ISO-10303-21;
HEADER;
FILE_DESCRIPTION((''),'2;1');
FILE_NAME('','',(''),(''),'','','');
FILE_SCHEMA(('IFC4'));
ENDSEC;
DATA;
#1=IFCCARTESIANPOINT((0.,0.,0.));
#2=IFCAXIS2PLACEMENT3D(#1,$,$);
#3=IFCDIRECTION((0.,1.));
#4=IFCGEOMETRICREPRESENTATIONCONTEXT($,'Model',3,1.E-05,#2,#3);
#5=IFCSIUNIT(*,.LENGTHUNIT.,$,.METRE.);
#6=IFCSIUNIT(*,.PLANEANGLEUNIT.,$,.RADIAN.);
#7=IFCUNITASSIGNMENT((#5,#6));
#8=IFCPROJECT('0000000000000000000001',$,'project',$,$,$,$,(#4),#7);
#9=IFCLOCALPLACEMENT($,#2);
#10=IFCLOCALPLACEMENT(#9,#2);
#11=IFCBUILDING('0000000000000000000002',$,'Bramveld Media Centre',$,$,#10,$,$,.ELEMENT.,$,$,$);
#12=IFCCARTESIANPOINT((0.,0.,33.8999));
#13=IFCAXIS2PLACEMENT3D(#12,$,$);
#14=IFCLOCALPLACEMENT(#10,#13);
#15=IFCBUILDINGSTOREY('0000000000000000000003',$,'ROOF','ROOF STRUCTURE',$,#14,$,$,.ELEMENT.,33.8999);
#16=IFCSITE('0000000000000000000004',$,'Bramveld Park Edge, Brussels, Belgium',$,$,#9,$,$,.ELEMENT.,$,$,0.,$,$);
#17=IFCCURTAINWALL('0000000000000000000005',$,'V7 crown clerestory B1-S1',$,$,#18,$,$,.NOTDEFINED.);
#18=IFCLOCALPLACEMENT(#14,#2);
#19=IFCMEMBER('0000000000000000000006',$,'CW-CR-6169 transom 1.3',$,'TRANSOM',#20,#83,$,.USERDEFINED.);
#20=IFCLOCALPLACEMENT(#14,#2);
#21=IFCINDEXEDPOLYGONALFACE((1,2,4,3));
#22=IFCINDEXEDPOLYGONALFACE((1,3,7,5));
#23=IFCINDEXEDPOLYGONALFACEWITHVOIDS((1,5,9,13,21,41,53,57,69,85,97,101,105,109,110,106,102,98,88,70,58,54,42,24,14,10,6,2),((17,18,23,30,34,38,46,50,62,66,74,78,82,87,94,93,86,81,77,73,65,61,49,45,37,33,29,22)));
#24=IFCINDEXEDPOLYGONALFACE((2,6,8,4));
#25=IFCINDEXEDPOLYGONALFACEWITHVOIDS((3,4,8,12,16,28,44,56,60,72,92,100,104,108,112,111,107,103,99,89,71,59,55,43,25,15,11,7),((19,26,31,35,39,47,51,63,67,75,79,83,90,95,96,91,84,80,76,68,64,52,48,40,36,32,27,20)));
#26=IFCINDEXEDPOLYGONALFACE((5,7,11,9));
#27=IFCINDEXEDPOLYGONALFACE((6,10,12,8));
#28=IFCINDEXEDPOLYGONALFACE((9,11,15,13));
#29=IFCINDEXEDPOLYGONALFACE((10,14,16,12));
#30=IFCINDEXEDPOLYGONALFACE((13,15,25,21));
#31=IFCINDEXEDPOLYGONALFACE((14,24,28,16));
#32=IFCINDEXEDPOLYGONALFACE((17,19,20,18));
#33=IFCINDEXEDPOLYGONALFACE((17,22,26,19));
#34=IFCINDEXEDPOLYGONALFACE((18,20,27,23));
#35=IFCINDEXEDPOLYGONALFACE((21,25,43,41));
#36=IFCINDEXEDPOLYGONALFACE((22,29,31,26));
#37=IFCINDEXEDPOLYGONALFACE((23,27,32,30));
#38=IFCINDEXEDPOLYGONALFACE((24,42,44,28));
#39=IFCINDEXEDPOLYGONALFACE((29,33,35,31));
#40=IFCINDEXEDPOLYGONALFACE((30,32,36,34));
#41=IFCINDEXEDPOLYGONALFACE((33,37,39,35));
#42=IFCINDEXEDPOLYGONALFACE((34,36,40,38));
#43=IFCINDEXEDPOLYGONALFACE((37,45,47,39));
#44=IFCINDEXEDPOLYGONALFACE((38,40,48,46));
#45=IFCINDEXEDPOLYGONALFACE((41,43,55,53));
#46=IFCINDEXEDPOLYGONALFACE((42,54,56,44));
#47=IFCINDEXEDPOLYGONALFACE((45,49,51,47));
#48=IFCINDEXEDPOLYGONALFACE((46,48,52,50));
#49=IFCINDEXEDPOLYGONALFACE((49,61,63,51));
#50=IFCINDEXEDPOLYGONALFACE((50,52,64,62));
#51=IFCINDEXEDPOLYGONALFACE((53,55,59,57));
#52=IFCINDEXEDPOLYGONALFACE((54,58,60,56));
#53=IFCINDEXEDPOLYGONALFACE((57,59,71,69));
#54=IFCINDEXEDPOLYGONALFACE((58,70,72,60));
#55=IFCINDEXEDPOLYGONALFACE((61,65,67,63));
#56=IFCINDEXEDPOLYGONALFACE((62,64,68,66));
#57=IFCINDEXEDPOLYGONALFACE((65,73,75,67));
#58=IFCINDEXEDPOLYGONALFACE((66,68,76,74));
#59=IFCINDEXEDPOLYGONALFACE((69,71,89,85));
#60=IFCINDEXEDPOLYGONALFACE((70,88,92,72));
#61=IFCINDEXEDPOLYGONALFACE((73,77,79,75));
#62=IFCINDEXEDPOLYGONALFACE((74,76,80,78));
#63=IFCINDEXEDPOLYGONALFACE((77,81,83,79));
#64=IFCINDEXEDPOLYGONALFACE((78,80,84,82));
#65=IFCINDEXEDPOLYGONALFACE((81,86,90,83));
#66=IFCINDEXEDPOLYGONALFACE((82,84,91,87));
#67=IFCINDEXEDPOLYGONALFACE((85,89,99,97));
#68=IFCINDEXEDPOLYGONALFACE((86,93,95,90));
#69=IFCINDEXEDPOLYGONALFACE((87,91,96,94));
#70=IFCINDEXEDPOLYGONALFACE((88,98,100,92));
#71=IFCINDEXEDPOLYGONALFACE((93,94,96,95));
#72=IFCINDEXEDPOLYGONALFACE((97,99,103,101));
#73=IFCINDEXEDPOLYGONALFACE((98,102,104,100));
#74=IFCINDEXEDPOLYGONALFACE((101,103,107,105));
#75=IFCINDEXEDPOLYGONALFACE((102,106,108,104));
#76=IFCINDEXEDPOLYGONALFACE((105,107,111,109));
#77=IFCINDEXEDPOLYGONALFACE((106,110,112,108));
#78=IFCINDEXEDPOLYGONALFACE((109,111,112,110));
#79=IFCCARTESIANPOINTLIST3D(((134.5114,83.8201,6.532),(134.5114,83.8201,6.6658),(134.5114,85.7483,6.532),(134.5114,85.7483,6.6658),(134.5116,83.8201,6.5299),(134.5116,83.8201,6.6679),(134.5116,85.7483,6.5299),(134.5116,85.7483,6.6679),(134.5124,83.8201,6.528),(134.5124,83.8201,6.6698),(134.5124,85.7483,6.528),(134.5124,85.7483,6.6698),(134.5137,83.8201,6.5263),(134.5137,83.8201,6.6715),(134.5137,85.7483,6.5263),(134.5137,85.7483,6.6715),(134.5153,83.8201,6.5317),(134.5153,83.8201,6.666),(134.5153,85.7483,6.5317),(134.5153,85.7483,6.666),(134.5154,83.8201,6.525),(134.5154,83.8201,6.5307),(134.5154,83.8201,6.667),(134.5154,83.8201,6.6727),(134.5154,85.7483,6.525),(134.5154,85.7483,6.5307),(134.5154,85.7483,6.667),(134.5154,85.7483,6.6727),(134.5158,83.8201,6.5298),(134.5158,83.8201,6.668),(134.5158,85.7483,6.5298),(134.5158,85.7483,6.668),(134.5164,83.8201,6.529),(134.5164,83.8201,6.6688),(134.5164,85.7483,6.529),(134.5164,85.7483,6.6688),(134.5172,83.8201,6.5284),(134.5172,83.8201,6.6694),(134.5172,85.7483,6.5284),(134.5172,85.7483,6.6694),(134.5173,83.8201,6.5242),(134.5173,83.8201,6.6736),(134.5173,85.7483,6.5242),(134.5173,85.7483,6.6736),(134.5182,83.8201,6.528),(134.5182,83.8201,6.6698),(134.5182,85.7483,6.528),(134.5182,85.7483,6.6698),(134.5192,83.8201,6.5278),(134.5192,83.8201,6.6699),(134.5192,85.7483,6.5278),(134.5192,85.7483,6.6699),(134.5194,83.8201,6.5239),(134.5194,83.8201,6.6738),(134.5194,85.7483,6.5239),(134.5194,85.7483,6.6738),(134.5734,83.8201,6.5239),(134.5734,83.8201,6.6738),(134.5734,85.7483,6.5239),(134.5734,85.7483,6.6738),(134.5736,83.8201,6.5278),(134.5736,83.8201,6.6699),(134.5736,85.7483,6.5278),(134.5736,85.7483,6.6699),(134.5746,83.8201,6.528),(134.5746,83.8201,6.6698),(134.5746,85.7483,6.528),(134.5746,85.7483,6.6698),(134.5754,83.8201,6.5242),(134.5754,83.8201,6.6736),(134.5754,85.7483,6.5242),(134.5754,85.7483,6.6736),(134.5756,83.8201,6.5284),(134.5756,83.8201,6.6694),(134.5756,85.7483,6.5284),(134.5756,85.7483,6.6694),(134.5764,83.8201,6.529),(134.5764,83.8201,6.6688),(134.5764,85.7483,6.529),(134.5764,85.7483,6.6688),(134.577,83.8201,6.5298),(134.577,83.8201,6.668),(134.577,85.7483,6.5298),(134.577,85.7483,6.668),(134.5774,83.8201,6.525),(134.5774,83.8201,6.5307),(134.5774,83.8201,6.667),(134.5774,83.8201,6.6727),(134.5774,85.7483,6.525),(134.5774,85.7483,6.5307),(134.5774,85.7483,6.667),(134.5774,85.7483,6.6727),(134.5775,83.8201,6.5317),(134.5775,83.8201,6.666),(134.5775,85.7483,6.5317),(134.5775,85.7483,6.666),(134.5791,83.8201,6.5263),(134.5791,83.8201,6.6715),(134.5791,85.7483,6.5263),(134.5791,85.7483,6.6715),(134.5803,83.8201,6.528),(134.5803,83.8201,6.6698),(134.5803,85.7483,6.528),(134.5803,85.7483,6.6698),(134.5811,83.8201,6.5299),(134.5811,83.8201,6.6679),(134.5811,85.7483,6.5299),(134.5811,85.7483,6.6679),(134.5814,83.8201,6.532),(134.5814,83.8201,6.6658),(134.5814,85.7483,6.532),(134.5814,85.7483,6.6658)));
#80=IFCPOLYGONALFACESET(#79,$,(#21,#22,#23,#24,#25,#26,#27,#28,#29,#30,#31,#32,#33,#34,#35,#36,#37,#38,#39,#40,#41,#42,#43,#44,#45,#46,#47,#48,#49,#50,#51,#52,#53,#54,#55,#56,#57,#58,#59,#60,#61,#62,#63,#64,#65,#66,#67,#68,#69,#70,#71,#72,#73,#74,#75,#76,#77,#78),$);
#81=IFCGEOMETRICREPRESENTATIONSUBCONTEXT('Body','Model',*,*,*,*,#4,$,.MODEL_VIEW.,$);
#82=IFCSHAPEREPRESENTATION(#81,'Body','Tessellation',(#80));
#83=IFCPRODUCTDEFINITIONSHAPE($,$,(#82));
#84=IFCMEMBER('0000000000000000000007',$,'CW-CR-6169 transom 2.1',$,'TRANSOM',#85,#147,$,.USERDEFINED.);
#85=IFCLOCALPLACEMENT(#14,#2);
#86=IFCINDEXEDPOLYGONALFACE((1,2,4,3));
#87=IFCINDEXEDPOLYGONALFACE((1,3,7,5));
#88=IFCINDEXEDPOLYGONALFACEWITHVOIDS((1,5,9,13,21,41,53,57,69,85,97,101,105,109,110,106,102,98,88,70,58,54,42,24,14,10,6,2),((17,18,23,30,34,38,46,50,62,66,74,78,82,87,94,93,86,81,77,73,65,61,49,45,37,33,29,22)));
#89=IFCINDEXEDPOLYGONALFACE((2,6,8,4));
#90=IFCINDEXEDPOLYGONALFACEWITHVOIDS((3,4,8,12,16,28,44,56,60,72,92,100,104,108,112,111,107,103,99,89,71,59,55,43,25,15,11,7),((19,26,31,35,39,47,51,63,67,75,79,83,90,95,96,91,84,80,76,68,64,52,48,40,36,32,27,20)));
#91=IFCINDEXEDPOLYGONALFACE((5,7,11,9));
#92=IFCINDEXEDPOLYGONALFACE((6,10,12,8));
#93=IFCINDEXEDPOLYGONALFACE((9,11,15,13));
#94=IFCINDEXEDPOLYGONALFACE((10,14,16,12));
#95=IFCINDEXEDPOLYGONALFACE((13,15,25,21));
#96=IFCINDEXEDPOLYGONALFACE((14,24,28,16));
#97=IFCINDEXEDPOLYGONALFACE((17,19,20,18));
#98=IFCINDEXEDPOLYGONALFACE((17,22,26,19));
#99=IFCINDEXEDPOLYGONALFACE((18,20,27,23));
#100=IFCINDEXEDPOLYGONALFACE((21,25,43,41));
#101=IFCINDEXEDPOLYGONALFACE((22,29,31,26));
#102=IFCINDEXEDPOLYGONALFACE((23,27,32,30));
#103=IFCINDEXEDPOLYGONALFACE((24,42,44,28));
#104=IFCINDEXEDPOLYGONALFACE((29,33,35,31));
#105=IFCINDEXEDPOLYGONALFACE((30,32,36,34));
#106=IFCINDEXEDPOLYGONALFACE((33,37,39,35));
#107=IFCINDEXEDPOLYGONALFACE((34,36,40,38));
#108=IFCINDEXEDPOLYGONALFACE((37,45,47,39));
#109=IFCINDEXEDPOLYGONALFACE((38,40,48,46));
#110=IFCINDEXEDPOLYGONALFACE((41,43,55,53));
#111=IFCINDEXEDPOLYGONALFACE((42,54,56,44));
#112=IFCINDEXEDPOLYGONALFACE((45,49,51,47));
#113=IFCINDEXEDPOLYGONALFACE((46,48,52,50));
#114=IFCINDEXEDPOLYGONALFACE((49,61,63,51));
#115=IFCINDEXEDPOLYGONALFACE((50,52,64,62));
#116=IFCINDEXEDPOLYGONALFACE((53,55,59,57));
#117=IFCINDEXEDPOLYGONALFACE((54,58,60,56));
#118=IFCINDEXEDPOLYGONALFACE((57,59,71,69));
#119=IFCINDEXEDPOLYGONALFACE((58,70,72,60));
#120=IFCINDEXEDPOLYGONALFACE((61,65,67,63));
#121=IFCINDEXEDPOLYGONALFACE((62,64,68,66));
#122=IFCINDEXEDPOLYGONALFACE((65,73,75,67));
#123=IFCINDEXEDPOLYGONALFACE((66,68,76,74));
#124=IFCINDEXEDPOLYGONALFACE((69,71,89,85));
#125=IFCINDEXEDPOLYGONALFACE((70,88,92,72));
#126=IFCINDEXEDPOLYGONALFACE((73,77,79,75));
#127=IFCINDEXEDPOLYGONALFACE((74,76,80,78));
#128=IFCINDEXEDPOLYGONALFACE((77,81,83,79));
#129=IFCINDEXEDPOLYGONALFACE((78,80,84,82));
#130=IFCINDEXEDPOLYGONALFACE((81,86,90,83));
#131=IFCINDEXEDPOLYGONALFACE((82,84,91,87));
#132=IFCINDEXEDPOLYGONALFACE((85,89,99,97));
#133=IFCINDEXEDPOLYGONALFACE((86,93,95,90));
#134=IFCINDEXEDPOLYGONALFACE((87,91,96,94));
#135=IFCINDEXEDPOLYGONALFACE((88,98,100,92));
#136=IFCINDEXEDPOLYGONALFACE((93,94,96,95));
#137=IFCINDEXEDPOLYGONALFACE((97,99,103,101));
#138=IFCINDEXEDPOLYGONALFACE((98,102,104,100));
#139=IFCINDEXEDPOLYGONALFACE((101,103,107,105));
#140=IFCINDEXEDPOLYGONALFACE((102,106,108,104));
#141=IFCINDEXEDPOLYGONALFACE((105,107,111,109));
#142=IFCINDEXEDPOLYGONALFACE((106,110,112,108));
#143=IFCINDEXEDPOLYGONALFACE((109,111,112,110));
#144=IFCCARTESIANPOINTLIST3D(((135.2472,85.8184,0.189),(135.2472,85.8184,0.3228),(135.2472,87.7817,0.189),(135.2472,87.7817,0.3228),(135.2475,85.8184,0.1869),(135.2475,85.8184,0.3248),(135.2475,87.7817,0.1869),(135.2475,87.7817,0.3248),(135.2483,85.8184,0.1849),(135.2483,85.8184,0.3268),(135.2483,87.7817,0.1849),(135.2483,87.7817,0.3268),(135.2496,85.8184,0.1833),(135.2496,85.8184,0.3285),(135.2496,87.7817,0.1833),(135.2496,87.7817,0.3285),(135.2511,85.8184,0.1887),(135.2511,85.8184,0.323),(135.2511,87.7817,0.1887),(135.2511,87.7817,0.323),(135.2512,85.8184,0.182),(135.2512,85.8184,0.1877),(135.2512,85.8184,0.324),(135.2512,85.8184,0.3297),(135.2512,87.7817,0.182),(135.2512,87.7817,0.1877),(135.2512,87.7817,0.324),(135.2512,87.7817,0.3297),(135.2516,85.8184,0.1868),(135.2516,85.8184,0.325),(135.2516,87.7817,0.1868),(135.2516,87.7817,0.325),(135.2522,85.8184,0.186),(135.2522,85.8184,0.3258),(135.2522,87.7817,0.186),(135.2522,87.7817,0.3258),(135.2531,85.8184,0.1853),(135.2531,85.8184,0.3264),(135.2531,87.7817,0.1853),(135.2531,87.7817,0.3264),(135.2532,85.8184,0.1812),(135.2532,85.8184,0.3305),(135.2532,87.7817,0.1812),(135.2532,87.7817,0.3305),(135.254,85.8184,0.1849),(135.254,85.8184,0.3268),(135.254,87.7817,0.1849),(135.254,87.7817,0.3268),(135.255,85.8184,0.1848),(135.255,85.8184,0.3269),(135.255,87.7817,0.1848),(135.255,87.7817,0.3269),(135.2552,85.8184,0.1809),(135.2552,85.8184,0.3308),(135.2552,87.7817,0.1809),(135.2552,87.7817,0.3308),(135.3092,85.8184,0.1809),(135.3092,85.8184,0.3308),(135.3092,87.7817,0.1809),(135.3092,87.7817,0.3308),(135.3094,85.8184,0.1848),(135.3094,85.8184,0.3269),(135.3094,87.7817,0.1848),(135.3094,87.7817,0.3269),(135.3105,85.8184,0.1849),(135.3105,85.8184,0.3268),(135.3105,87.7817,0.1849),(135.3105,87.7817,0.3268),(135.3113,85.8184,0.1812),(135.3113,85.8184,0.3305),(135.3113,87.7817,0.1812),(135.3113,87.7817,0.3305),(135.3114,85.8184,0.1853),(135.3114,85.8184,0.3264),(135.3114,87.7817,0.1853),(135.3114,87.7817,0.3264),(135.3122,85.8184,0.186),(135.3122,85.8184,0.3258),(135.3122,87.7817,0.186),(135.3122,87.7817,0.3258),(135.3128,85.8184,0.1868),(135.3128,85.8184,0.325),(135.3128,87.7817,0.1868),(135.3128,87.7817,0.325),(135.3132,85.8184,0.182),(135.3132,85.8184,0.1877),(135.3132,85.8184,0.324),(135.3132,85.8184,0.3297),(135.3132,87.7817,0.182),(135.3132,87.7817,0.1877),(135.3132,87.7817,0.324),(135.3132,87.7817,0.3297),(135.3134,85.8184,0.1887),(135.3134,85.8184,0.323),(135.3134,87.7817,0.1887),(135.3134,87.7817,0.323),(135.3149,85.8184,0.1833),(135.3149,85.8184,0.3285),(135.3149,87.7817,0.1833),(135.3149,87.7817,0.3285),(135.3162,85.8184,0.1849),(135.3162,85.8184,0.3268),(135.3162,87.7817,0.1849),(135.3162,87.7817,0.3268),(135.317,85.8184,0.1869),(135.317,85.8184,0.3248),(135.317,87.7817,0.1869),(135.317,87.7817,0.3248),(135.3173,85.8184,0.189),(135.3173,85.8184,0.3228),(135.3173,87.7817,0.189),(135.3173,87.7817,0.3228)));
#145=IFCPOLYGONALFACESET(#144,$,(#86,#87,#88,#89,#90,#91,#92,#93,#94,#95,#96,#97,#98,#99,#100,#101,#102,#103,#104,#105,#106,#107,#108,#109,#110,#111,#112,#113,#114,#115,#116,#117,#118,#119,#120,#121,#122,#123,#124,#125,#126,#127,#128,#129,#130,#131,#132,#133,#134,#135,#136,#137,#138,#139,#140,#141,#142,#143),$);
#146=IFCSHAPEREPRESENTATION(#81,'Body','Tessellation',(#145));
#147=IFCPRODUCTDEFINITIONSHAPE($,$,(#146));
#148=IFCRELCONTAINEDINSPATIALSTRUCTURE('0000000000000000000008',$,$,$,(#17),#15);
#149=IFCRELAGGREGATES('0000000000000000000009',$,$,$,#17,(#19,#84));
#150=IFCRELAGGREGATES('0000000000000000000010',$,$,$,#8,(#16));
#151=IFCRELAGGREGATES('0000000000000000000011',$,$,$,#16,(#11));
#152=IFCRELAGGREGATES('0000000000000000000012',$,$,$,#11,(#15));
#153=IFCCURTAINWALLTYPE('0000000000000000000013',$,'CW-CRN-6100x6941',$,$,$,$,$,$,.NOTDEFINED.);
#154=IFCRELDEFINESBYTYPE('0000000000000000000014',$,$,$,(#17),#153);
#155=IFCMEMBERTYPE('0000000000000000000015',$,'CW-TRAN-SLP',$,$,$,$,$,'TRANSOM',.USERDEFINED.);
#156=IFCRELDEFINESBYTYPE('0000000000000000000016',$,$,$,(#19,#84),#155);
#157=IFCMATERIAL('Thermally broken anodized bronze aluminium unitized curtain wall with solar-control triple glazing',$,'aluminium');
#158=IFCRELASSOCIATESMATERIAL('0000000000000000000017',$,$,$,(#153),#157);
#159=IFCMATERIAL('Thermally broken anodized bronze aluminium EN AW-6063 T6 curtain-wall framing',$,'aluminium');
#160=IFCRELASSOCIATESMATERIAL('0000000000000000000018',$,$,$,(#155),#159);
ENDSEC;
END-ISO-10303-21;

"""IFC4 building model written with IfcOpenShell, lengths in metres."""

from ifc_helpers import new_model, si_unit, direction, frame, origin, origin_2d, place, context, subcontext, project, spatial, hollow_rectangle, extrude, material, material_profile, profile_set, type_object, element, aggregate, save


model = new_model("IFC4")

# Units and contexts
model_context = context("Model", 3, precision=1e-05, world=origin(), true_north=direction((0.0, 1.0)))
body_context = subcontext(model_context, "Body", "Model", "MODEL_VIEW")
ifc_project = project(units=[si_unit("LENGTHUNIT", "METRE"), si_unit("PLANEANGLEUNIT", "RADIAN")], contexts=[model_context])

# Site, building, storey
site_placement = place(None, origin())
site = spatial("IfcSite", under=ifc_project, at=site_placement, Name="Bramveld Park Edge, Brussels, Belgium", CompositionType="ELEMENT", RefElevation=0.0)
building_placement = place(site_placement, origin())
building = spatial("IfcBuilding", under=site, at=building_placement, Name="Bramveld Media Centre", CompositionType="ELEMENT")
storey_placement = place(building_placement, frame((0.0, 0.0, 33.8999)))
storey = spatial("IfcBuildingStorey", under=building, at=storey_placement, Name="ROOF", Description="ROOF STRUCTURE", CompositionType="ELEMENT", Elevation=33.8999)

# Curtain wall, members
ifc_material_1 = material(Name="Thermally broken anodized bronze aluminium unitized curtain wall with solar-control triple glazing", Category="aluminium")
curtain_wall_type = type_object("IfcCurtainWallType", Name="CW-CRN-6100x6941", PredefinedType="NOTDEFINED", material=ifc_material_1)
curtain_wall_placement = place(storey_placement, origin())
curtain_wall = element("IfcCurtainWall", 1, at=curtain_wall_placement, inside=storey, type_object=curtain_wall_type, Name="V7 crown clerestory B1-S1", PredefinedType="NOTDEFINED")
ifc_material_2 = material(Name="Thermally broken anodized bronze aluminium EN AW-6063 T6 curtain-wall framing", Category="aluminium")
ifc_material_profile_1 = material_profile(ifc_material_2, hollow_rectangle(XDim=0.0701, YDim=0.1499, WallThickness=0.0039, InnerFilletRadius=0.0039, OuterFilletRadius=0.0081, at=origin_2d()), Name="AL-TRAN 70x150")
ifc_profile_set_1 = profile_set([ifc_material_profile_1], Name="Thermally broken anodized bronze aluminium EN AW-6063 T6 curtain-wall framing")
member_type_1 = type_object("IfcMemberType", Name="CW-TRAN-SLP", ElementType="TRANSOM", PredefinedType="USERDEFINED", material=ifc_profile_set_1)
member_1_placement = place(storey_placement, frame((134.5464, 83.8201, 6.5989), z_axis=(0.0, 1.0, 0.0), x_axis=(-1.0, 0.0, 0.0)))
member_1 = element("IfcMember", 2, at=member_1_placement, type_object=member_type_1, Name="CW-CR-6169 transom 1.3", ObjectType="TRANSOM", PredefinedType="USERDEFINED", context=body_context, shape_type="SweptSolid", body=[
    extrude(hollow_rectangle(XDim=0.0701, YDim=0.1499, WallThickness=0.0039, InnerFilletRadius=0.0039, OuterFilletRadius=0.0081, at=origin_2d()), origin(), (0.0, 0.0, 1.0), 1.9282),
])
member_2_placement = place(storey_placement, frame((135.2822, 85.8184, 0.2559), z_axis=(0.0, 1.0, 0.0), x_axis=(-1.0, 0.0, 0.0)))
member_2 = element("IfcMember", 3, at=member_2_placement, type_object=member_type_1, Name="CW-CR-6169 transom 2.1", ObjectType="TRANSOM", PredefinedType="USERDEFINED", context=body_context, shape_type="SweptSolid", body=[
    extrude(hollow_rectangle(XDim=0.0701, YDim=0.1499, WallThickness=0.0039, InnerFilletRadius=0.0039, OuterFilletRadius=0.0081, at=origin_2d()), origin(), (0.0, 0.0, 1.0), 1.9634),
])

aggregate(curtain_wall, [member_1, member_2])

save(model, "model.ifc")
